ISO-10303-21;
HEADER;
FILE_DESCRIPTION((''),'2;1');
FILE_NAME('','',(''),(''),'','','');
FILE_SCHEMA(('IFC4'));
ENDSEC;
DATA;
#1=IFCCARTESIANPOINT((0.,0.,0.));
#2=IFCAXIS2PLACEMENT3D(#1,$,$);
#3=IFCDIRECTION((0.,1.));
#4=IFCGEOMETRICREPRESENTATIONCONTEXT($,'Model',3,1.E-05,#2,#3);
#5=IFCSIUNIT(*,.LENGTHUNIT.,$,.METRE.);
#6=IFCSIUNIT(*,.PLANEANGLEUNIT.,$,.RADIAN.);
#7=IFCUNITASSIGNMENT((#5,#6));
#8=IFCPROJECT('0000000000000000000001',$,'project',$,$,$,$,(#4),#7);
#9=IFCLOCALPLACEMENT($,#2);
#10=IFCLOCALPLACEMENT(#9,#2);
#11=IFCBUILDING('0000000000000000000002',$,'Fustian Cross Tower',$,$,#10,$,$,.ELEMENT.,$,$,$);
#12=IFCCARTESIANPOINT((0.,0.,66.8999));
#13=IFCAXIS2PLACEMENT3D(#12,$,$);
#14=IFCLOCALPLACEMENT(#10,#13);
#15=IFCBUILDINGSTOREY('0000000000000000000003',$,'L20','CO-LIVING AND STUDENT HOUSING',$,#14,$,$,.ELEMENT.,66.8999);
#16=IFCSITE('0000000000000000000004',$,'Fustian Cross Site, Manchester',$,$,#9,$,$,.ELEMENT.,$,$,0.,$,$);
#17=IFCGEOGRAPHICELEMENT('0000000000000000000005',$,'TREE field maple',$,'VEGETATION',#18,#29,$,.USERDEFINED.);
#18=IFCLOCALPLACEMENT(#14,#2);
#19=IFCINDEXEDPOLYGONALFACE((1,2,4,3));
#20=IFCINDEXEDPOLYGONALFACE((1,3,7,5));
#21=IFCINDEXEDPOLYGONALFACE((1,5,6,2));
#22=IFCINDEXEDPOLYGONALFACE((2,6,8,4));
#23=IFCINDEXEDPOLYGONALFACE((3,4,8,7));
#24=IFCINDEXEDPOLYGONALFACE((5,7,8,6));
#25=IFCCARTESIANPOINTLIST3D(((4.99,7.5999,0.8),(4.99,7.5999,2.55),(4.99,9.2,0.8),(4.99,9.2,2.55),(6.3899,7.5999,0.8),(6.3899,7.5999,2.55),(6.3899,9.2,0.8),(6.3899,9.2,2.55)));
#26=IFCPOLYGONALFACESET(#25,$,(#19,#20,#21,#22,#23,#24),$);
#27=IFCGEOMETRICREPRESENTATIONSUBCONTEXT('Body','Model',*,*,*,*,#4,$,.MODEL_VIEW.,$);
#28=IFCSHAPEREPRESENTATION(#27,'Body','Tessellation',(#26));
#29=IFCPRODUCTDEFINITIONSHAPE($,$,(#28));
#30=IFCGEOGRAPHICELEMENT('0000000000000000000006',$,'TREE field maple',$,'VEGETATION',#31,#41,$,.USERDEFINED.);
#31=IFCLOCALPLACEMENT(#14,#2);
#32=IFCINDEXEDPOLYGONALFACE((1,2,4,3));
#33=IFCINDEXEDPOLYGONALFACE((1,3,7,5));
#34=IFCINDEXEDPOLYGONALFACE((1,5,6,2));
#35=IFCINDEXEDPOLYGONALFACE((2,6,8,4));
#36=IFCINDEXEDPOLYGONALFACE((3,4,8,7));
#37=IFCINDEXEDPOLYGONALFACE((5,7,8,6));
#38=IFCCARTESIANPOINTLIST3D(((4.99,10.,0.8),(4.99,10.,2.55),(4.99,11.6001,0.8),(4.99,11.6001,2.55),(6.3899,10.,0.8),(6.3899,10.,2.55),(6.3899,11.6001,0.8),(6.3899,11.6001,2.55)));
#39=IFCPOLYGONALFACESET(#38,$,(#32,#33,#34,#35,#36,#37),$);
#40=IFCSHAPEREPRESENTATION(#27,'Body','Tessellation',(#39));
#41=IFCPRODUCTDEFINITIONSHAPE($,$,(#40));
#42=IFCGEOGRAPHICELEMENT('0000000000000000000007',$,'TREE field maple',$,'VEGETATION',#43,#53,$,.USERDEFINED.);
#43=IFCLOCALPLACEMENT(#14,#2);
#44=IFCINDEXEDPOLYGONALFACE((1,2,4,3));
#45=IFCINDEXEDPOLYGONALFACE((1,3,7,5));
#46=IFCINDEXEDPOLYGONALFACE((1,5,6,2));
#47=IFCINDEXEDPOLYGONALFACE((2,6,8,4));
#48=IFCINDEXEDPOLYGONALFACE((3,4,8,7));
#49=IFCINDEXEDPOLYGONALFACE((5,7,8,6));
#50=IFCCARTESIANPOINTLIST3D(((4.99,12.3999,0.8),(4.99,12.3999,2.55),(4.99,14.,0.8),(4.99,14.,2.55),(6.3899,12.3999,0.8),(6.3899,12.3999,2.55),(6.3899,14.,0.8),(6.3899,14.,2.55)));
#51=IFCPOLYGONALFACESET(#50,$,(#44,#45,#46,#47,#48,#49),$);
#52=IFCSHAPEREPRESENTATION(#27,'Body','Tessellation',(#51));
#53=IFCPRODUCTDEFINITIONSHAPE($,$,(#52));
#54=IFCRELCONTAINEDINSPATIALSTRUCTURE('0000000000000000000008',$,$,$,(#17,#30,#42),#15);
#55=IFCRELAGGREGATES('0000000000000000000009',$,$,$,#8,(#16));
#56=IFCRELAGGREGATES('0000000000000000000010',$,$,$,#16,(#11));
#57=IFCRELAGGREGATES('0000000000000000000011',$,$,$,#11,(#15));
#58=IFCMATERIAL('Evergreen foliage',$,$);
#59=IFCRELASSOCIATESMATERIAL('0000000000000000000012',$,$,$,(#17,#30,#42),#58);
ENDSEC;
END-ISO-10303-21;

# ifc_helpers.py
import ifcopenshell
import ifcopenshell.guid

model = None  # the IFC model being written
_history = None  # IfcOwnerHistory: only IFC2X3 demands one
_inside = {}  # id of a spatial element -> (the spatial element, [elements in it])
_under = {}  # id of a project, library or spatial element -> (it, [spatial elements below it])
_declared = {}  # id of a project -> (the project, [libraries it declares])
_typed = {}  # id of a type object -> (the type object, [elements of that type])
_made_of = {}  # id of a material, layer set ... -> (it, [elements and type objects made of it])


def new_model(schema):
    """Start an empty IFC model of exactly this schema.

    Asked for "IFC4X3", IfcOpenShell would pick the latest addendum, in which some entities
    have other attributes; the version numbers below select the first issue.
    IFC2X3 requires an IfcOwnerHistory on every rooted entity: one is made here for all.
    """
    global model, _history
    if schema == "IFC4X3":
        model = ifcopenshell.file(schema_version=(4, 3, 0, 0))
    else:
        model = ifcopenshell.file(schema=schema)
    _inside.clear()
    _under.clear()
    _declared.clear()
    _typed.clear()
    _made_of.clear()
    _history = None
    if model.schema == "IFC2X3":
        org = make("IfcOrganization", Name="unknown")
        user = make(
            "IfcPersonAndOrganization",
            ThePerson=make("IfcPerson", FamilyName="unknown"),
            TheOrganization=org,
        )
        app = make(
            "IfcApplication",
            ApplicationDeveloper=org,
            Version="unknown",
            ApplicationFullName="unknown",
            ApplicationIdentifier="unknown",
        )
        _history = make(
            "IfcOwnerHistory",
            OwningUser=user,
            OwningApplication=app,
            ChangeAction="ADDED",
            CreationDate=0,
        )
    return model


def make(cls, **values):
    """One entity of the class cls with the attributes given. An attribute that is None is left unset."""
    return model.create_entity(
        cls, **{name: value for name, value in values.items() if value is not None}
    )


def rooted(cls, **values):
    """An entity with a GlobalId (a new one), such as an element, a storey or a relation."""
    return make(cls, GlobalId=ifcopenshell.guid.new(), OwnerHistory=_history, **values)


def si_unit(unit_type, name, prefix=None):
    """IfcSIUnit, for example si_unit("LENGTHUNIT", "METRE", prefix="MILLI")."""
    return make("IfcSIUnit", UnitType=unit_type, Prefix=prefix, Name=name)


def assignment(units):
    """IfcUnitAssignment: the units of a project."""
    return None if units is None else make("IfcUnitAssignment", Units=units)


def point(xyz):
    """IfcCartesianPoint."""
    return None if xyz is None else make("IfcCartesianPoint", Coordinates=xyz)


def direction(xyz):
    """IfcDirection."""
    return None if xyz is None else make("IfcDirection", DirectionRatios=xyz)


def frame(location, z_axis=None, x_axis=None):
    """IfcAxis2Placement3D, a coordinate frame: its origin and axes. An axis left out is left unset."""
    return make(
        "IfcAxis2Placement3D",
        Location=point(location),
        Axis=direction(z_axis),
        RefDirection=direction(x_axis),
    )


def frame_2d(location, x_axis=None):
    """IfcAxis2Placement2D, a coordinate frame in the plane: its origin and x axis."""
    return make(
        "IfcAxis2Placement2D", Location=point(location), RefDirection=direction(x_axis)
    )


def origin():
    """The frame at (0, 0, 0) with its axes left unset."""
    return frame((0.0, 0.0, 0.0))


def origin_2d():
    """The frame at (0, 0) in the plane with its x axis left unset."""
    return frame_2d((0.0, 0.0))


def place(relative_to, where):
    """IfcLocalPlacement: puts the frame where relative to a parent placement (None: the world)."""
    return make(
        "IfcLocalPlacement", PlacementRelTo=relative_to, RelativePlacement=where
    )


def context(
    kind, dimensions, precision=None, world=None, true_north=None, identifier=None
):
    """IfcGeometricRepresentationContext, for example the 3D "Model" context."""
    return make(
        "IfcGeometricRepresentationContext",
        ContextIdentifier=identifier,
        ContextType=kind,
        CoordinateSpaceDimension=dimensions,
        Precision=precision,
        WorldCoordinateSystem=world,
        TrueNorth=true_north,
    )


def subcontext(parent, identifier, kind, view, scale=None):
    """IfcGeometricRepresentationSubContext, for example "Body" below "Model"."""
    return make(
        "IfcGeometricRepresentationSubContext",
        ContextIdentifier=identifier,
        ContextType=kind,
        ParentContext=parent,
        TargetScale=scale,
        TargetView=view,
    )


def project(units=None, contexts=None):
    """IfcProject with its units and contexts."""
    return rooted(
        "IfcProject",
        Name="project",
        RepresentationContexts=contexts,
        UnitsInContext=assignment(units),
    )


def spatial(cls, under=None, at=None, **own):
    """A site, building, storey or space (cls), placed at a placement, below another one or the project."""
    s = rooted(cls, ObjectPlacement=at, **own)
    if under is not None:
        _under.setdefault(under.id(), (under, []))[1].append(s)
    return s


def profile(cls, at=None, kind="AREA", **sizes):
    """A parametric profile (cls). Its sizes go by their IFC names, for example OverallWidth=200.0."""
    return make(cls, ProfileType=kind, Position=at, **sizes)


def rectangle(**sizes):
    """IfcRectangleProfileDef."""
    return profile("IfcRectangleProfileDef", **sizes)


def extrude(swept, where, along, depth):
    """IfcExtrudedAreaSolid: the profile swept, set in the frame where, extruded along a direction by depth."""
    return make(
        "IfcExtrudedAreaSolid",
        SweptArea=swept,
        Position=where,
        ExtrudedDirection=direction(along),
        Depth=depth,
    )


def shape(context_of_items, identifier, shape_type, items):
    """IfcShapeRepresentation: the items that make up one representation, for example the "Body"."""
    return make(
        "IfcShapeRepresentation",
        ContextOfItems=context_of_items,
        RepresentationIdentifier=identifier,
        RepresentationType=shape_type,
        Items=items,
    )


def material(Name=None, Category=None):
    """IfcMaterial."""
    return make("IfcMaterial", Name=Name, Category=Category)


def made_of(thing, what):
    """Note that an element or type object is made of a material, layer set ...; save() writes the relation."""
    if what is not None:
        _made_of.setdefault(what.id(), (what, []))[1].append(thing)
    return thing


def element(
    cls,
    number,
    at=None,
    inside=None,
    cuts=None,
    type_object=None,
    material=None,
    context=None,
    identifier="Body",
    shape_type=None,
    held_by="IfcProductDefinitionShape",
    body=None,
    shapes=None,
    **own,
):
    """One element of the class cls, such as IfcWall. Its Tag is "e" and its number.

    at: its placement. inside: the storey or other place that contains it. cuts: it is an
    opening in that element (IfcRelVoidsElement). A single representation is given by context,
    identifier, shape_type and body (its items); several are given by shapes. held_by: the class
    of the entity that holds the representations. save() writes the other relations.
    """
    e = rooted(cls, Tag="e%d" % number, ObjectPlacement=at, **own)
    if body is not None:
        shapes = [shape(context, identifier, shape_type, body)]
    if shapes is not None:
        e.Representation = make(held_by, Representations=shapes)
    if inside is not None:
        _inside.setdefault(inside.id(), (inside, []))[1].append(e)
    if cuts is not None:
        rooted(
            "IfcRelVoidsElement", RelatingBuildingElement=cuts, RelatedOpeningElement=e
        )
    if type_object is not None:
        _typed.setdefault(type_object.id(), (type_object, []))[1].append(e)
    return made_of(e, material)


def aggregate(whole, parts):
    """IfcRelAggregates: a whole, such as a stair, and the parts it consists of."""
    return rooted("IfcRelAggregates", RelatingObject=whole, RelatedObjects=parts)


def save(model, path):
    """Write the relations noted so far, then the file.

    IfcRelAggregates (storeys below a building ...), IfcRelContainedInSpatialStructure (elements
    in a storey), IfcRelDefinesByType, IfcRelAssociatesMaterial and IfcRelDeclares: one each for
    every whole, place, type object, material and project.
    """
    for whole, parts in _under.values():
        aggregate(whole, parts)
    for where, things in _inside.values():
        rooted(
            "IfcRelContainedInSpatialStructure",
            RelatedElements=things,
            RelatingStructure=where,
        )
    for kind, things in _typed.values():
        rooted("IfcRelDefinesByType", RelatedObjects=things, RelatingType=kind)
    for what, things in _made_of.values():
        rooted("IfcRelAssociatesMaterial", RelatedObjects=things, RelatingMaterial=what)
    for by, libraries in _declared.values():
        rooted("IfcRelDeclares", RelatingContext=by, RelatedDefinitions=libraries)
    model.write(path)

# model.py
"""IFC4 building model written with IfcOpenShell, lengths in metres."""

from ifc_helpers import new_model, si_unit, direction, frame, origin, origin_2d, place, context, subcontext, project, spatial, rectangle, extrude, material, element, save


model = new_model("IFC4")

# Units and contexts
model_context = context("Model", 3, precision=1e-05, world=origin(), true_north=direction((0.0, 1.0)))
body_context = subcontext(model_context, "Body", "Model", "MODEL_VIEW")
ifc_project = project(units=[si_unit("LENGTHUNIT", "METRE"), si_unit("PLANEANGLEUNIT", "RADIAN")], contexts=[model_context])

# Site, building, storey
site_placement = place(None, origin())
site = spatial("IfcSite", under=ifc_project, at=site_placement, Name="Fustian Cross Site, Manchester", CompositionType="ELEMENT", RefElevation=0.0)
building_placement = place(site_placement, origin())
building = spatial("IfcBuilding", under=site, at=building_placement, Name="Fustian Cross Tower", CompositionType="ELEMENT")
storey_placement = place(building_placement, frame((0.0, 0.0, 66.8999)))
storey = spatial("IfcBuildingStorey", under=building, at=storey_placement, Name="L20", Description="CO-LIVING AND STUDENT HOUSING", CompositionType="ELEMENT", Elevation=66.8999)

# Geographic elements
ifc_material_1 = material(Name="Evergreen foliage")
for number, where, z_axis, x_axis, name in (
    (1, (5.6899, 8.3999, 0.8), (0.0, 0.0, 1.0), (1.0, 0.0, 0.0), "TREE field maple"),
    (2, (5.6899, 10.8, 0.8), (0.0, 0.0, 1.0), (1.0, 0.0, 0.0), "TREE field maple"),
    (3, (5.6899, 13.2, 0.8), (0.0, 0.0, 1.0), (1.0, 0.0, 0.0), "TREE field maple"),
):
    element("IfcGeographicElement", number, at=place(storey_placement, frame(where, z_axis=z_axis, x_axis=x_axis)), inside=storey, material=ifc_material_1, Name=name, ObjectType="VEGETATION", PredefinedType="USERDEFINED", context=body_context, shape_type="SweptSolid", body=[
        extrude(rectangle(XDim=1.3999, YDim=1.6001, at=origin_2d()), origin(), (0.0, 0.0, 1.0), 1.75),
    ])

save(model, "model.ifc")
